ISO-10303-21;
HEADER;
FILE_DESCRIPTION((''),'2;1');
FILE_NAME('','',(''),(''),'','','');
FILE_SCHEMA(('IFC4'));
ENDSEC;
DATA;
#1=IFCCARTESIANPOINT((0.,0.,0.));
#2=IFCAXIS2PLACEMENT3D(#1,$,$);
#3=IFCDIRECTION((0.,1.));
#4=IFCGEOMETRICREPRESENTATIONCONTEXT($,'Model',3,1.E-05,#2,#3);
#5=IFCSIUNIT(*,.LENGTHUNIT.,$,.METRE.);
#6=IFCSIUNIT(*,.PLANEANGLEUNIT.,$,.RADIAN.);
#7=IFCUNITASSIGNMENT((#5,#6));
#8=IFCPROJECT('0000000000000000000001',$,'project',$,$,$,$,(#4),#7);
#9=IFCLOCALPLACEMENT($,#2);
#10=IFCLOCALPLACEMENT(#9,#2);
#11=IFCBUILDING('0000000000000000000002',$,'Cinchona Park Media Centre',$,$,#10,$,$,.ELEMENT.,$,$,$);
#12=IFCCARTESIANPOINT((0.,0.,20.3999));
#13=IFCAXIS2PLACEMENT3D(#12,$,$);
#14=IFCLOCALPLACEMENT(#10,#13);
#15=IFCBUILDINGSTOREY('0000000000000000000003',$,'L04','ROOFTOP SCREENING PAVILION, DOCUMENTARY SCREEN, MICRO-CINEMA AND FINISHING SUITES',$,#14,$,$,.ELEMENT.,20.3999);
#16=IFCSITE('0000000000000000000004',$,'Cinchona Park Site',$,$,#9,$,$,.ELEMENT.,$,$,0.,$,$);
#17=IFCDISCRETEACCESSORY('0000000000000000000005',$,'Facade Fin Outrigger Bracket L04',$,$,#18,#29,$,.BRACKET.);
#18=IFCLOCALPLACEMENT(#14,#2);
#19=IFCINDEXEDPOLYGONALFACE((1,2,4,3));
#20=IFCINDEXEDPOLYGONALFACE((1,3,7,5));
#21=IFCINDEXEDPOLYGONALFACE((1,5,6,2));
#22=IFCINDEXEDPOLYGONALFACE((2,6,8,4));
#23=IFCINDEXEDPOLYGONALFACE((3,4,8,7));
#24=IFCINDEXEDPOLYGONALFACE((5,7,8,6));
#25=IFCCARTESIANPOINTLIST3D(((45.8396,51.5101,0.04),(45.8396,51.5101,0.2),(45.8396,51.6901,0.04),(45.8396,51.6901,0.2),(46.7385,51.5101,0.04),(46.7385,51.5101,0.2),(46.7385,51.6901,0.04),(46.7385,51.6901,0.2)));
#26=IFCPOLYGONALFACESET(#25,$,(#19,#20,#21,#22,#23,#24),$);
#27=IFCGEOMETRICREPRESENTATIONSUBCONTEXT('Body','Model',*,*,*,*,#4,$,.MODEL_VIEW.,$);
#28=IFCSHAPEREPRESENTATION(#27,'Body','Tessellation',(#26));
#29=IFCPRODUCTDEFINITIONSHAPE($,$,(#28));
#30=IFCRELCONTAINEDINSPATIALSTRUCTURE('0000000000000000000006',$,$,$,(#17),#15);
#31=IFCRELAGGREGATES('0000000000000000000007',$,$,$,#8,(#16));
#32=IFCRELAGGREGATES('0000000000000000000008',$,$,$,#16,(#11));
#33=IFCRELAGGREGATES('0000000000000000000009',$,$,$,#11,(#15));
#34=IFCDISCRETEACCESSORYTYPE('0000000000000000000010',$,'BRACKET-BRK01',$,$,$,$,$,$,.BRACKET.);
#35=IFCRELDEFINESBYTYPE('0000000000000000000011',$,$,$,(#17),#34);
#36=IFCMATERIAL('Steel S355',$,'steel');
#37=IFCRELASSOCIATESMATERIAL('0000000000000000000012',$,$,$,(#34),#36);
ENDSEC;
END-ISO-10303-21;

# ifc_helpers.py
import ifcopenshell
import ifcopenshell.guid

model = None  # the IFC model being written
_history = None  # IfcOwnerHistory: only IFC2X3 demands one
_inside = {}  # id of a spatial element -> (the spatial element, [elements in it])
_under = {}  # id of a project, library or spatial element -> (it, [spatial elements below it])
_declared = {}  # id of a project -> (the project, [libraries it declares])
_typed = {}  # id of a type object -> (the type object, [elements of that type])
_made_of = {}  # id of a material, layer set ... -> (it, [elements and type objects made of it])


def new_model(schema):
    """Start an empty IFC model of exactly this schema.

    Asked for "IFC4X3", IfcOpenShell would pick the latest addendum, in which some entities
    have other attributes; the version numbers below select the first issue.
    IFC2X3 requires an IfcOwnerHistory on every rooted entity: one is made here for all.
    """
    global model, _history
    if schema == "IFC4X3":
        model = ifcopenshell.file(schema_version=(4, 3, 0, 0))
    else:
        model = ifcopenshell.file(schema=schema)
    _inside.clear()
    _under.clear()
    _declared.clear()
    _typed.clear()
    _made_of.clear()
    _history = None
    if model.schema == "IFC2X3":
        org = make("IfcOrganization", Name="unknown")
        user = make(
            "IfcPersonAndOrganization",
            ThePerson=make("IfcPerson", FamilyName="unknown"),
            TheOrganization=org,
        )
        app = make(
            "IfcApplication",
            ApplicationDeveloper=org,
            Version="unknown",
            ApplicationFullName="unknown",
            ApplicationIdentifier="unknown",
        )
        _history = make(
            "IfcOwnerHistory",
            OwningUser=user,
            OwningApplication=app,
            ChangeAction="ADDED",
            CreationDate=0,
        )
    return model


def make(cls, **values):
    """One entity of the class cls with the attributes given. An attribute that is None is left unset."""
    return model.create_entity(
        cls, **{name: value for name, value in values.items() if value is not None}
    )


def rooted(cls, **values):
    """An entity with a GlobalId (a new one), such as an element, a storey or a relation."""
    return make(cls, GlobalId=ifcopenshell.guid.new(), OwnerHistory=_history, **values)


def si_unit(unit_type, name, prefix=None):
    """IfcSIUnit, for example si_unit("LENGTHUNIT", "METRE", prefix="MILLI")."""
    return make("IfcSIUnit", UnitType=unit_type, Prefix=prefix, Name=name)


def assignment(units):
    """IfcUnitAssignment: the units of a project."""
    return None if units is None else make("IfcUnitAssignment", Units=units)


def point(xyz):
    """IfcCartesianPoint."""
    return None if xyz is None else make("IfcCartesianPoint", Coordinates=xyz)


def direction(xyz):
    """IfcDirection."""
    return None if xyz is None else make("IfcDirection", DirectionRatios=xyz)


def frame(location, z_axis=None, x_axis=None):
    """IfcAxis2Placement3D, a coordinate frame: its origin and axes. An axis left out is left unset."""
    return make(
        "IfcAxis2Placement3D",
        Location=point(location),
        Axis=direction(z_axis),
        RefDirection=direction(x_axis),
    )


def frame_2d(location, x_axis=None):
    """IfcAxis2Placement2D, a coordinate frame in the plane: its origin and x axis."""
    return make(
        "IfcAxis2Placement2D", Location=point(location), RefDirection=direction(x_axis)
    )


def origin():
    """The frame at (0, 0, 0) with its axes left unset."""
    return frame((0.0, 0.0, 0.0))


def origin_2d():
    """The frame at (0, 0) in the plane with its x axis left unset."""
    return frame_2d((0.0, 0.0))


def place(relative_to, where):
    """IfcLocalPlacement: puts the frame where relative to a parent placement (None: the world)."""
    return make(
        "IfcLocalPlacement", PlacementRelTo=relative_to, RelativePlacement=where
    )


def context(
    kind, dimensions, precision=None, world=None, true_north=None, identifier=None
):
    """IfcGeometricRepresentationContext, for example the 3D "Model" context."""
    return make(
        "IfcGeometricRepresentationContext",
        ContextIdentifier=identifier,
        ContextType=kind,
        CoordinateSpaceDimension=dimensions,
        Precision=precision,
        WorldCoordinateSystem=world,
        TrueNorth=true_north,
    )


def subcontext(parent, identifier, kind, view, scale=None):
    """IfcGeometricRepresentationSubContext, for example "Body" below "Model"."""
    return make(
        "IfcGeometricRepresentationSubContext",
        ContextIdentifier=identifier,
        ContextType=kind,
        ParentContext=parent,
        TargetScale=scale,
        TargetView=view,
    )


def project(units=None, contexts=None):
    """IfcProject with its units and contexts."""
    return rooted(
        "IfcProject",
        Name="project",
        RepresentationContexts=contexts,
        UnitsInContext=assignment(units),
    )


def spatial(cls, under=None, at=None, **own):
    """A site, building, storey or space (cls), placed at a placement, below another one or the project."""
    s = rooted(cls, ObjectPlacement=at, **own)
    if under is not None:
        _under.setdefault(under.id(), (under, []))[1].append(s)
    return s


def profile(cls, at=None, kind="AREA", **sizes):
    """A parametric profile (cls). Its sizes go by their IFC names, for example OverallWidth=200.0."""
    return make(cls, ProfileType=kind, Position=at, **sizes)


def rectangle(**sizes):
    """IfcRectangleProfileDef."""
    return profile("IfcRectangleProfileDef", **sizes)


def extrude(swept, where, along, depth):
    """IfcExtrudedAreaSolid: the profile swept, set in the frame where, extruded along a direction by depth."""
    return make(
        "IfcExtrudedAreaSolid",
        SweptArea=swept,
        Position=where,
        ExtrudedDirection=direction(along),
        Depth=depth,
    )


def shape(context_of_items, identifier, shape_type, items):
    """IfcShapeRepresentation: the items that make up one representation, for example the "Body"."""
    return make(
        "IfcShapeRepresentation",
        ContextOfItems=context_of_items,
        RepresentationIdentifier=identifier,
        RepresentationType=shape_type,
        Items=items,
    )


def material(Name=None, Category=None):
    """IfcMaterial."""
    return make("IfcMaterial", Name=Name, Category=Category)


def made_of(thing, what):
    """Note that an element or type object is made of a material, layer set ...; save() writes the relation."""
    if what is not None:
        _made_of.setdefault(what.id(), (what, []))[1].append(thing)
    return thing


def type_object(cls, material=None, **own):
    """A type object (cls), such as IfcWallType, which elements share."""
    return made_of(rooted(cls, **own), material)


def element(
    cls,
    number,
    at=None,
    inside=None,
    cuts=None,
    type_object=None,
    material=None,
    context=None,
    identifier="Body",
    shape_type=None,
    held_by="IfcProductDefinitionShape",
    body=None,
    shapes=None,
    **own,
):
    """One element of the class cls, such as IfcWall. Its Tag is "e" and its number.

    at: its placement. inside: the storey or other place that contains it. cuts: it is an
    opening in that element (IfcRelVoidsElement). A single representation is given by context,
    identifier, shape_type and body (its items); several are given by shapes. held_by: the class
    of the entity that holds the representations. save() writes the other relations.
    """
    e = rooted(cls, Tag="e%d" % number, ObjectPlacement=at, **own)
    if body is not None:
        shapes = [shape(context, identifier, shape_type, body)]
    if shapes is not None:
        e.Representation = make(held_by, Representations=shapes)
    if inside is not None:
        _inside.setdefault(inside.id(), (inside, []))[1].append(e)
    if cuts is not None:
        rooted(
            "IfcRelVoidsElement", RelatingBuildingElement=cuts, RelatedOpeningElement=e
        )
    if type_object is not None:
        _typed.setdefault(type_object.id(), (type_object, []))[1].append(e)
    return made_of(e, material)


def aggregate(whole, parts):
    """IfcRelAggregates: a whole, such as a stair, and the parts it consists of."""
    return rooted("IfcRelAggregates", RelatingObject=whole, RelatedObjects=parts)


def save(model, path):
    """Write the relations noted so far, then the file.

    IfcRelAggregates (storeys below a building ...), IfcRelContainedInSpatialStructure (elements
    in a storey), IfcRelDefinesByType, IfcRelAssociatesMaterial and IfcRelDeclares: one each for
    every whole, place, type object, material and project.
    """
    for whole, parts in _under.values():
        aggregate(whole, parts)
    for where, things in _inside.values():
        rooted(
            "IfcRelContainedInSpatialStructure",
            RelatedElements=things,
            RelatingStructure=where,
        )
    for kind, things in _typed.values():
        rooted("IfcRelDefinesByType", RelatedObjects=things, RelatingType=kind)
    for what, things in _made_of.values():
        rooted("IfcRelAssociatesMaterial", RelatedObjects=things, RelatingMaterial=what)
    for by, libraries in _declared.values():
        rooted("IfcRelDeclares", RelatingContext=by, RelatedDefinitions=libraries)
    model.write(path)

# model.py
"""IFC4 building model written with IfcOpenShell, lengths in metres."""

from ifc_helpers import new_model, si_unit, direction, frame, origin, origin_2d, place, context, subcontext, project, spatial, rectangle, extrude, material, type_object, element, save


model = new_model("IFC4")

# Units and contexts
model_context = context("Model", 3, precision=1e-05, world=origin(), true_north=direction((0.0, 1.0)))
body_context = subcontext(model_context, "Body", "Model", "MODEL_VIEW")
ifc_project = project(units=[si_unit("LENGTHUNIT", "METRE"), si_unit("PLANEANGLEUNIT", "RADIAN")], contexts=[model_context])

# Site, building, storey
site_placement = place(None, origin())
site = spatial("IfcSite", under=ifc_project, at=site_placement, Name="Cinchona Park Site", CompositionType="ELEMENT", RefElevation=0.0)
building_placement = place(site_placement, origin())
building = spatial("IfcBuilding", under=site, at=building_placement, Name="Cinchona Park Media Centre", CompositionType="ELEMENT")
storey_placement = place(building_placement, frame((0.0, 0.0, 20.3999)))
storey = spatial("IfcBuildingStorey", under=building, at=storey_placement, Name="L04", Description="ROOFTOP SCREENING PAVILION, DOCUMENTARY SCREEN, MICRO-CINEMA AND FINISHING SUITES", CompositionType="ELEMENT", Elevation=20.3999)

# Discrete accessory
ifc_material_1 = material(Name="Steel S355", Category="steel")
discrete_accessory_type = type_object("IfcDiscreteAccessoryType", Name="BRACKET-BRK01", PredefinedType="BRACKET", material=ifc_material_1)
discrete_accessory_1_placement = place(storey_placement, frame((46.2891, 51.6001, 0.04), z_axis=(0.0, 0.0, 1.0), x_axis=(0.0, 1.0, 0.0)))
element("IfcDiscreteAccessory", 1, at=discrete_accessory_1_placement, inside=storey, type_object=discrete_accessory_type, Name="Facade Fin Outrigger Bracket L04", PredefinedType="BRACKET", context=body_context, shape_type="SweptSolid", body=[
    extrude(rectangle(XDim=0.1799, YDim=0.8989, at=origin_2d()), origin(), (0.0, 0.0, 1.0), 0.1599),
])

save(model, "model.ifc")
